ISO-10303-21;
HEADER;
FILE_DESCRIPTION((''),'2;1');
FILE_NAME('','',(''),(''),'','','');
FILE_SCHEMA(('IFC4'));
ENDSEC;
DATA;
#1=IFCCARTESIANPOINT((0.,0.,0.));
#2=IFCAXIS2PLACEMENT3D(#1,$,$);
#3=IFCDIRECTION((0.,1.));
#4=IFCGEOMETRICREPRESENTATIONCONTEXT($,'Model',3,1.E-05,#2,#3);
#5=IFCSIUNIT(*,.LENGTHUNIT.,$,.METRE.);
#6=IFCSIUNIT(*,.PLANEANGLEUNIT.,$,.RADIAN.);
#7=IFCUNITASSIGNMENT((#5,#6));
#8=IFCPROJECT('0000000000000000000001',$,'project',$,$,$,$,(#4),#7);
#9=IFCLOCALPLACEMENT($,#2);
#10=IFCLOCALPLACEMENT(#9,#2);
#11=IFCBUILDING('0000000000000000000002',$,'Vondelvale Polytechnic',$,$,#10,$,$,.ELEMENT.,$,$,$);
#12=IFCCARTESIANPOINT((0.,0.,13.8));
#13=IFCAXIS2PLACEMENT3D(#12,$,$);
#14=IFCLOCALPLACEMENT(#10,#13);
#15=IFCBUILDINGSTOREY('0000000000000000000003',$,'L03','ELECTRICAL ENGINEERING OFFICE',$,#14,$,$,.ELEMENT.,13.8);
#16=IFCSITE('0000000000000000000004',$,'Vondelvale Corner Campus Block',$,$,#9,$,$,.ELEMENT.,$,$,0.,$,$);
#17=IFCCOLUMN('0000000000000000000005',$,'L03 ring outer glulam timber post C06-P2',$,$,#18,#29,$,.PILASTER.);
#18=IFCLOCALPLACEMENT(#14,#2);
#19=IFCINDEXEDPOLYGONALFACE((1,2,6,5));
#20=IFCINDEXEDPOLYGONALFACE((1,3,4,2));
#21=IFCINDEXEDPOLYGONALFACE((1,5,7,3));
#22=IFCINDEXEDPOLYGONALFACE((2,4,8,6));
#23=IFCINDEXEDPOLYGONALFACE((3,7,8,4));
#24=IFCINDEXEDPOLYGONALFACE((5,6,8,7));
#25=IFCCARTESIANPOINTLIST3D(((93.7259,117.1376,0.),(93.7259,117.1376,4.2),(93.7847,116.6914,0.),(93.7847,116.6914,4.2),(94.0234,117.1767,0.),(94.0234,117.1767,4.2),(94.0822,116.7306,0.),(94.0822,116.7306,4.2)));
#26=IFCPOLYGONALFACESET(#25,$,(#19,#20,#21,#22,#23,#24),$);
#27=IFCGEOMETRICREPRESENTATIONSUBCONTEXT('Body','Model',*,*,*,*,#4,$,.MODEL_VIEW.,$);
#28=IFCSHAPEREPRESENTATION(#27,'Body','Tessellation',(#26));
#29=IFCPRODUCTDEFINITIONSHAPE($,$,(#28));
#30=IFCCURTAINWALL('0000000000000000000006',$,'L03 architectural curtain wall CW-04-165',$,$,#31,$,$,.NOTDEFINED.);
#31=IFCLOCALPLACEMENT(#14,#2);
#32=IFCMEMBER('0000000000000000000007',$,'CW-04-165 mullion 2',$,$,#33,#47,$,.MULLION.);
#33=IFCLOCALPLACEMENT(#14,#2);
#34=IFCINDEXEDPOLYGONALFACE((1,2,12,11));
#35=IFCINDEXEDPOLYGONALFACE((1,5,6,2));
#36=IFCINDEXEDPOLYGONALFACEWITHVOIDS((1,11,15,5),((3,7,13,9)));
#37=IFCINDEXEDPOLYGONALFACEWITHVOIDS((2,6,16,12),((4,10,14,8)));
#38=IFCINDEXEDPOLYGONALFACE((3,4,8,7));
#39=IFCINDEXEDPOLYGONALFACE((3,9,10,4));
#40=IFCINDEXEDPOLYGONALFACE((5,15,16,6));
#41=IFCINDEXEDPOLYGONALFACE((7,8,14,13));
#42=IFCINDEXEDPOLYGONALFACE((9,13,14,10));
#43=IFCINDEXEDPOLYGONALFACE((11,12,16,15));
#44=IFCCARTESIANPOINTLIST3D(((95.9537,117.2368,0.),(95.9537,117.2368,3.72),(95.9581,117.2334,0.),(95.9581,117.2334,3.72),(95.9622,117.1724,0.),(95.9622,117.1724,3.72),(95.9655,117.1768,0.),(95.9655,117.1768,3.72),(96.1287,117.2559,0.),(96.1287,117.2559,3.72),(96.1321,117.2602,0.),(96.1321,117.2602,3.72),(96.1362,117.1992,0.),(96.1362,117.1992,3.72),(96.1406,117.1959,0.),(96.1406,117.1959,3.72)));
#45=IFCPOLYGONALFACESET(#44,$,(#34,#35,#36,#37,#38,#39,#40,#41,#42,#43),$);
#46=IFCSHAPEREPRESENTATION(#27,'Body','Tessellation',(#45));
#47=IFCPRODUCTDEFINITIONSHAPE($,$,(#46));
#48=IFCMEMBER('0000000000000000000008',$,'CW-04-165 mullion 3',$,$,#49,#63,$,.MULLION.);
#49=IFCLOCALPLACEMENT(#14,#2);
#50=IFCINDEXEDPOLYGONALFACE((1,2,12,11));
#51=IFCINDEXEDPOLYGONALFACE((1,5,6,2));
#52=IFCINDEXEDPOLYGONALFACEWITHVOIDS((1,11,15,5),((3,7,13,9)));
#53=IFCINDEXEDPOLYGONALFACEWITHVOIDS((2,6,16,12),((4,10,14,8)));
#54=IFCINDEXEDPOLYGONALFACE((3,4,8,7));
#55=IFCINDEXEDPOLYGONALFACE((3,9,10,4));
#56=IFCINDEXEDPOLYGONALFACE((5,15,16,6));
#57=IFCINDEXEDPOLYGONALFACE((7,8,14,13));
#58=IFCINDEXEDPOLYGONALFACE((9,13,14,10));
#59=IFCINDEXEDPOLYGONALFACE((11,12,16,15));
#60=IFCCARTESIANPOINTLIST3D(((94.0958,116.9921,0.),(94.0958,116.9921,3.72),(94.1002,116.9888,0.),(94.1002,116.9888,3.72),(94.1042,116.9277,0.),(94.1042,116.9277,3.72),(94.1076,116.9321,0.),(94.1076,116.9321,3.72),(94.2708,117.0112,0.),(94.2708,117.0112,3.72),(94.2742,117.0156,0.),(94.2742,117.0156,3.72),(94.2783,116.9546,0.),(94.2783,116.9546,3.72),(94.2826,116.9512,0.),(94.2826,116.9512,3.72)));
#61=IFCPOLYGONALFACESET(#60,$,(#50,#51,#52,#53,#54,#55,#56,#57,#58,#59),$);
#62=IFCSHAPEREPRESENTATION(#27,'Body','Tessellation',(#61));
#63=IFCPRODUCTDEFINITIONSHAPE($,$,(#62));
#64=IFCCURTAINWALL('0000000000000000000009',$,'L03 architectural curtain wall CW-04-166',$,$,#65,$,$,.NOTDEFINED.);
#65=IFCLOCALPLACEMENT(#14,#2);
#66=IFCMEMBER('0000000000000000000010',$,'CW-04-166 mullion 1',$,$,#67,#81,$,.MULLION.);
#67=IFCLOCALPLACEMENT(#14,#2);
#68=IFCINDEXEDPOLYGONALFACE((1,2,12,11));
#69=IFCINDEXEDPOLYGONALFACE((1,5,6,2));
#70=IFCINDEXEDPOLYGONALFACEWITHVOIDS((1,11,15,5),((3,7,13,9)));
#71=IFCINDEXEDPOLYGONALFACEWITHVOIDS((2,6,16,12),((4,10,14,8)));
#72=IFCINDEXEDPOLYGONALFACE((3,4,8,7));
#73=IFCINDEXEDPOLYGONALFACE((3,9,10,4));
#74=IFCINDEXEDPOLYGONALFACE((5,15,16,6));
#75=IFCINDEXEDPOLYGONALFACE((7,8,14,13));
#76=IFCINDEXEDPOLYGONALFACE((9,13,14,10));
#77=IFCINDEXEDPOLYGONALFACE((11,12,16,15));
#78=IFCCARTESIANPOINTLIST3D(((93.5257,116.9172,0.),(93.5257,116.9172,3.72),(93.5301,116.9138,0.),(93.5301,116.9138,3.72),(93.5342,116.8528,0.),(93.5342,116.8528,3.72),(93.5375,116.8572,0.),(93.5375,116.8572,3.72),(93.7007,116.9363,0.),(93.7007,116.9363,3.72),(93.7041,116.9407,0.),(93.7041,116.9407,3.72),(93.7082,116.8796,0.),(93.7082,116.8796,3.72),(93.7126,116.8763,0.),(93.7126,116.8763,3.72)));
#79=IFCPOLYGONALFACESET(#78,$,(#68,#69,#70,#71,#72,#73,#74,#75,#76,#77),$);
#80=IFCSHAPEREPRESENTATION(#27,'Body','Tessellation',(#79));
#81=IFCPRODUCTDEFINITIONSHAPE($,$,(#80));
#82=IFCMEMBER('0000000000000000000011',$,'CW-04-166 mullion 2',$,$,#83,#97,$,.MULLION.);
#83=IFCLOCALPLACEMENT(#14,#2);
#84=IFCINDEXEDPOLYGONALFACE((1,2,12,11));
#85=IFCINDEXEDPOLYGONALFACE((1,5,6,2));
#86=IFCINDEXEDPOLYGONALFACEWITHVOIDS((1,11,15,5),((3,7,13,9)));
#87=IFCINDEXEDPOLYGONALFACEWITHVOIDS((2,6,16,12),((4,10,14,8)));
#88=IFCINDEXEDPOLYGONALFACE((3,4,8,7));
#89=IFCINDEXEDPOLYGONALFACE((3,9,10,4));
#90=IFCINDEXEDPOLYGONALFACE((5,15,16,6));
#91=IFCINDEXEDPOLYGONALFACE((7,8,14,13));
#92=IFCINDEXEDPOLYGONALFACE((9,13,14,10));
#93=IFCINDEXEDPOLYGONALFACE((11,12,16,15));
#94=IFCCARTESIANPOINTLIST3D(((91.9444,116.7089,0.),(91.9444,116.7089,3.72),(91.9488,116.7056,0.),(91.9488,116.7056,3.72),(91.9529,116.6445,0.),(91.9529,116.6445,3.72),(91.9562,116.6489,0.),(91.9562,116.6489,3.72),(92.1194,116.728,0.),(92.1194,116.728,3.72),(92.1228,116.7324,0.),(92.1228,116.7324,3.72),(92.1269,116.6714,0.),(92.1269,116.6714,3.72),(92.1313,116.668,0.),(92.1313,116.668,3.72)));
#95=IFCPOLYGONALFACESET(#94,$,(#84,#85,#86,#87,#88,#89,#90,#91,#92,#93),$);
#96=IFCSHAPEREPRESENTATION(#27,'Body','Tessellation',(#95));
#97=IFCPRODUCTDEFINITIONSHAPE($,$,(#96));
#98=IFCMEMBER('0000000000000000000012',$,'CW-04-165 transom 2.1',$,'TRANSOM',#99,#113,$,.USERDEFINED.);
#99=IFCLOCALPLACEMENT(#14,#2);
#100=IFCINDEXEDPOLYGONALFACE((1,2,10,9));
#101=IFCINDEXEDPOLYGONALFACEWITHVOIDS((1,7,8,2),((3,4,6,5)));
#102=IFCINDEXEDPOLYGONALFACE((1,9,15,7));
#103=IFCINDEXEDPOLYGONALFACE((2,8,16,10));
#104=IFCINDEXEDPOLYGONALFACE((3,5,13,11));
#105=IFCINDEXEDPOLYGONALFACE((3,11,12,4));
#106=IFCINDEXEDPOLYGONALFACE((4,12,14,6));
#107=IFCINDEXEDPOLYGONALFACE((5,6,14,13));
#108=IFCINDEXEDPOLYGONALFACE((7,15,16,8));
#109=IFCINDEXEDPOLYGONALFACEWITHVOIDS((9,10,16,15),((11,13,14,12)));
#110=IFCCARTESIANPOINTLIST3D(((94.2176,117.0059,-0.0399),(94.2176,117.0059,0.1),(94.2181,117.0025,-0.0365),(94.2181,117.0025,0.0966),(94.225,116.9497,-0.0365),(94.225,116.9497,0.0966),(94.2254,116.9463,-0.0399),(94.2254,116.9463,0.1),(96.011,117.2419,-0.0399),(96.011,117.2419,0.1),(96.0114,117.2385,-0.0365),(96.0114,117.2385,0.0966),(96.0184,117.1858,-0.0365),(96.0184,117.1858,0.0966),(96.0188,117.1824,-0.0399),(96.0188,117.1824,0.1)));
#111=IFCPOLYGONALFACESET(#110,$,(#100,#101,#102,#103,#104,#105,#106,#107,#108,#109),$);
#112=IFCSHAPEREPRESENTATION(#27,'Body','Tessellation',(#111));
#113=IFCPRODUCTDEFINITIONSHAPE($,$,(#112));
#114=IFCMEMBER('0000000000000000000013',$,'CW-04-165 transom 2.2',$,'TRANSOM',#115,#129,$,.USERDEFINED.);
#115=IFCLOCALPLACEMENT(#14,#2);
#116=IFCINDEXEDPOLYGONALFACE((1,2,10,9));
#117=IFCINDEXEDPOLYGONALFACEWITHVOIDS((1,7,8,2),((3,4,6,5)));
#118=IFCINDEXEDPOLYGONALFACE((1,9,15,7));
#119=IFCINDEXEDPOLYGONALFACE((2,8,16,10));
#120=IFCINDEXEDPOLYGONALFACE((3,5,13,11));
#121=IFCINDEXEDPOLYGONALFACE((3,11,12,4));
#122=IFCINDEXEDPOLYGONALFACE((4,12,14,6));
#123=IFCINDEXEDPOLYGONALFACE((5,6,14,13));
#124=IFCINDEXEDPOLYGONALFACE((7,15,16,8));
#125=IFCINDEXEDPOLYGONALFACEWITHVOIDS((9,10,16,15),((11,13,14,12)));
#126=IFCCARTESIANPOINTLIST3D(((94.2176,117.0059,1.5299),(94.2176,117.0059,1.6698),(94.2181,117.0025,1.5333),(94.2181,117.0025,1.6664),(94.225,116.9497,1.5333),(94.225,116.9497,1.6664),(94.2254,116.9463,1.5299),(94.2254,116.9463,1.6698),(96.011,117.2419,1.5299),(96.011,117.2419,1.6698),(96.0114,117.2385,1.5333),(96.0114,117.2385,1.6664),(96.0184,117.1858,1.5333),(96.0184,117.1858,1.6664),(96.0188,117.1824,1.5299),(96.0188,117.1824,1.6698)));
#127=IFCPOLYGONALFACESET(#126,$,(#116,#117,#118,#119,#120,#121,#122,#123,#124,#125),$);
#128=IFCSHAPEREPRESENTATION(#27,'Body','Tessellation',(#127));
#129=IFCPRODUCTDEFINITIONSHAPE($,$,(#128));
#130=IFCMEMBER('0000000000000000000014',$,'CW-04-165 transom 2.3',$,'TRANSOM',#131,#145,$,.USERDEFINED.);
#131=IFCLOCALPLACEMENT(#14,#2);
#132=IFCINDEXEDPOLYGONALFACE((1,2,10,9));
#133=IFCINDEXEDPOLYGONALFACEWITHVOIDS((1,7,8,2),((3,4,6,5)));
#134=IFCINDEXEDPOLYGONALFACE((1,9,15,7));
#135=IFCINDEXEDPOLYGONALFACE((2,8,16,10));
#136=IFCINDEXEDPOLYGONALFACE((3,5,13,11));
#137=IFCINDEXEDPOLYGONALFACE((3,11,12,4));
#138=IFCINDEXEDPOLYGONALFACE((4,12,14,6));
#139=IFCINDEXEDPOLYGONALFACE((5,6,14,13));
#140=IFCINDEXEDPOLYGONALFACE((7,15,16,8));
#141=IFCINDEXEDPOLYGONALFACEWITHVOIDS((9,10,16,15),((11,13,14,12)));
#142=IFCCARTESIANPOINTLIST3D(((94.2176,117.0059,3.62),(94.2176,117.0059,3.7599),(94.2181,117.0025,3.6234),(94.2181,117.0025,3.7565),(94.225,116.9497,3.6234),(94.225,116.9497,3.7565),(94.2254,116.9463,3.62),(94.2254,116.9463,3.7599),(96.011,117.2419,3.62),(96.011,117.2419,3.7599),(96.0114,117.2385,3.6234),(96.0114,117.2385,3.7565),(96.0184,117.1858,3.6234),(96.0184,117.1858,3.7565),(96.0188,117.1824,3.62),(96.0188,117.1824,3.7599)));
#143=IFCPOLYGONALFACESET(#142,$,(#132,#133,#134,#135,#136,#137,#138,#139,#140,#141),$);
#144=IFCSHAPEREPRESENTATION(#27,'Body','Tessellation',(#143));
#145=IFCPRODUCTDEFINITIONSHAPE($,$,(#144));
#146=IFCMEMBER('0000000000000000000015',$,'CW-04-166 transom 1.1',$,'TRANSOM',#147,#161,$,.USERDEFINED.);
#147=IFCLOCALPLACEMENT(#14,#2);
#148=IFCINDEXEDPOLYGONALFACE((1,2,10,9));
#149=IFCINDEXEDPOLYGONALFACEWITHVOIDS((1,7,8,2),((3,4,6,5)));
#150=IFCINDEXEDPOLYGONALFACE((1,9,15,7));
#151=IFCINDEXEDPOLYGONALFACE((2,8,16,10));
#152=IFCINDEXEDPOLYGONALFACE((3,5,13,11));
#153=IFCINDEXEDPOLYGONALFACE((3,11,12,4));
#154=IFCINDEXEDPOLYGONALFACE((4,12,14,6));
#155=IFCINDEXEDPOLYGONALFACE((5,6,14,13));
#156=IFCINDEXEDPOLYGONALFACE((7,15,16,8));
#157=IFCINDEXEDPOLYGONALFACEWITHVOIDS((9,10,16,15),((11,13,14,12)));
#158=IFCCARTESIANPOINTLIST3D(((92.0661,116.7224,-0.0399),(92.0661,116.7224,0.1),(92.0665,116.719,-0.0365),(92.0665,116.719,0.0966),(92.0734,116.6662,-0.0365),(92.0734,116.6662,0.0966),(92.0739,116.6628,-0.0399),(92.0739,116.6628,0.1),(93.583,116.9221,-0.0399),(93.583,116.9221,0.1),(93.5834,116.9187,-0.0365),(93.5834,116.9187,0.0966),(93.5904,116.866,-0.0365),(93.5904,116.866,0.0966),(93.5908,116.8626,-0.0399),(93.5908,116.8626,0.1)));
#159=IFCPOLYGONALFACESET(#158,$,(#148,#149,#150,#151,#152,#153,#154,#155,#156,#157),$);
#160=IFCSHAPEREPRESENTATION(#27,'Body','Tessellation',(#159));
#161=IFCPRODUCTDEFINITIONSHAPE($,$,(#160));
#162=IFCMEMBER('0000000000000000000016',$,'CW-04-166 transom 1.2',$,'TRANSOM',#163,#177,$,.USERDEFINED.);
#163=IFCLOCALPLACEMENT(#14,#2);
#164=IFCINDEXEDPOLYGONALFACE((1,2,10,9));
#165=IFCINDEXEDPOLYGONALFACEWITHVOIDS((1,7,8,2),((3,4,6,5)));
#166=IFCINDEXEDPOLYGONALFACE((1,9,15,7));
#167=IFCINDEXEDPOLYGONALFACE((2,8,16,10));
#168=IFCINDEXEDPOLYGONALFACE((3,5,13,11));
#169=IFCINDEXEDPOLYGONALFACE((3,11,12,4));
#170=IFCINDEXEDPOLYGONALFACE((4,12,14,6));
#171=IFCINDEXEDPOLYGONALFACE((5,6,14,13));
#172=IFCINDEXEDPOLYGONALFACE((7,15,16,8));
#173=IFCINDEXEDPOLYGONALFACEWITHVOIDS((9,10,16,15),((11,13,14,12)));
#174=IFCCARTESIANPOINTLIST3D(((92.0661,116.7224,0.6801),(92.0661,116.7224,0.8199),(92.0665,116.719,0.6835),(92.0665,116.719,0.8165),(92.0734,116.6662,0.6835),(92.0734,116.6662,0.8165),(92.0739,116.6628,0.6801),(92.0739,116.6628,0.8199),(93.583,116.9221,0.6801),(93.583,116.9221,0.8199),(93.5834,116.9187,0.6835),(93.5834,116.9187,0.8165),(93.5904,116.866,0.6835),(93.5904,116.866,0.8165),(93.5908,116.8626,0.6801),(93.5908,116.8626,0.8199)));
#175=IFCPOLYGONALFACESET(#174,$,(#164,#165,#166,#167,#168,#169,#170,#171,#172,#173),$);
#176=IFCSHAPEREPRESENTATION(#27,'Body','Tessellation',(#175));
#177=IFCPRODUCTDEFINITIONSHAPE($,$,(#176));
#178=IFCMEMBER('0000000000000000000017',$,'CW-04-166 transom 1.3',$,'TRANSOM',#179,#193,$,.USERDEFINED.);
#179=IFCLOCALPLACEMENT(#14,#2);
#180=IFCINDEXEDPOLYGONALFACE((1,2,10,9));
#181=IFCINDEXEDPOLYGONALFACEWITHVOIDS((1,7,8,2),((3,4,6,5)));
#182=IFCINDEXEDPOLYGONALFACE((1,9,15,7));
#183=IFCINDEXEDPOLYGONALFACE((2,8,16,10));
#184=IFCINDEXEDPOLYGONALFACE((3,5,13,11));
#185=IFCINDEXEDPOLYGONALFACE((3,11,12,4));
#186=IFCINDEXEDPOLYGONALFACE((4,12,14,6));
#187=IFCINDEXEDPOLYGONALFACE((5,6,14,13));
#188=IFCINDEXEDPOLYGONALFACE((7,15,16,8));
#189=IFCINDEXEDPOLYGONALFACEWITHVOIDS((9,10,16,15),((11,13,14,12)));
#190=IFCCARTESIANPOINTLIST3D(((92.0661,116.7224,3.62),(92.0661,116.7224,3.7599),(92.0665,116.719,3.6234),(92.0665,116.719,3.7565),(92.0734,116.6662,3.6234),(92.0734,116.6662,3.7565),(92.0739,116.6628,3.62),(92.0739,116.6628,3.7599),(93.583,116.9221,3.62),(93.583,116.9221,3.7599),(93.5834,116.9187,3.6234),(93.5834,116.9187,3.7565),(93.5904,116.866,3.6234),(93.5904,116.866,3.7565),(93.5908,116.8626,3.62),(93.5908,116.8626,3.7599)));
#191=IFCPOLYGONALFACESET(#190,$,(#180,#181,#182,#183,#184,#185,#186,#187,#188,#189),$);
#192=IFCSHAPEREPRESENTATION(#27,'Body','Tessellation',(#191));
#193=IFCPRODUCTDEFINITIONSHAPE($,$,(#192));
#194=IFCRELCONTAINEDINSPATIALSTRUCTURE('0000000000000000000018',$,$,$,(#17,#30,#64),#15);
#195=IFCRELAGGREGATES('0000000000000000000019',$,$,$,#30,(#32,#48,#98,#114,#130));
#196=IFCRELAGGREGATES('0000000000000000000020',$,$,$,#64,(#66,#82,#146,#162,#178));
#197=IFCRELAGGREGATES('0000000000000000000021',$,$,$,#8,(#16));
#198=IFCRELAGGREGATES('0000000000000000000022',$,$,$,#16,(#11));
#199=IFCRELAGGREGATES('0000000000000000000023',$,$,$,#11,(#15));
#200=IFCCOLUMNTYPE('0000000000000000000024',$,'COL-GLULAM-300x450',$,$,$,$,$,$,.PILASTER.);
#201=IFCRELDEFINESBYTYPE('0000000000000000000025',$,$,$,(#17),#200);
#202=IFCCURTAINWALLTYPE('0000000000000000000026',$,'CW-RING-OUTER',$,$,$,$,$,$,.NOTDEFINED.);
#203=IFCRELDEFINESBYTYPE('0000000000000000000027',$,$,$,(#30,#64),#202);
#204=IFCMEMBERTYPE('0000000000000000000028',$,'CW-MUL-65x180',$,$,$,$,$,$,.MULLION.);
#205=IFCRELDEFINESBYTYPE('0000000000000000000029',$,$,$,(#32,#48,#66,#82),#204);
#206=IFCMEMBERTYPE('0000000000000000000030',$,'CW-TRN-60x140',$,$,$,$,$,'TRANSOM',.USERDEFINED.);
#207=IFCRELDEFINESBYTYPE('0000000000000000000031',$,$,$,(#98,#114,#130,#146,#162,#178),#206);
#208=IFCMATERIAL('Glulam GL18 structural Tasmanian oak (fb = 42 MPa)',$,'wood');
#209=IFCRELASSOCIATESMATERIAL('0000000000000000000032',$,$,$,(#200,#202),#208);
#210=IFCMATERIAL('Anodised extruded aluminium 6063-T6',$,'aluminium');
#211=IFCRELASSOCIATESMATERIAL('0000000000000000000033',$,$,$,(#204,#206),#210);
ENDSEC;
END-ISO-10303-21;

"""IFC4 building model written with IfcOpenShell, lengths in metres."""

from ifc_helpers import new_model, si_unit, direction, frame, origin, origin_2d, place, context, subcontext, project, spatial, rectangle, hollow_rectangle, extrude, material, material_profile, profile_set, type_object, element, aggregate, save


model = new_model("IFC4")

# Units and contexts
model_context = context("Model", 3, precision=1e-05, world=origin(), true_north=direction((0.0, 1.0)))
body_context = subcontext(model_context, "Body", "Model", "MODEL_VIEW")
ifc_project = project(units=[si_unit("LENGTHUNIT", "METRE"), si_unit("PLANEANGLEUNIT", "RADIAN")], contexts=[model_context])

# Site, building, storey
site_placement = place(None, origin())
site = spatial("IfcSite", under=ifc_project, at=site_placement, Name="Vondelvale Corner Campus Block", CompositionType="ELEMENT", RefElevation=0.0)
building_placement = place(site_placement, origin())
building = spatial("IfcBuilding", under=site, at=building_placement, Name="Vondelvale Polytechnic", CompositionType="ELEMENT")
storey_placement = place(building_placement, frame((0.0, 0.0, 13.8)))
storey = spatial("IfcBuildingStorey", under=building, at=storey_placement, Name="L03", Description="ELECTRICAL ENGINEERING OFFICE", CompositionType="ELEMENT", Elevation=13.8)

# Column
ifc_material_1 = material(Name="Glulam GL18 structural Tasmanian oak (fb = 42 MPa)", Category="wood")
ifc_material_profile_1 = material_profile(ifc_material_1, rectangle(XDim=0.3, YDim=0.45, at=origin_2d()), Name="GL-POST-300x450")
ifc_profile_set_1 = profile_set([ifc_material_profile_1], Name="Glulam GL18 structural Tasmanian oak (fb = 42 MPa)")
column_type = type_object("IfcColumnType", Name="COL-GLULAM-300x450", PredefinedType="PILASTER", material=ifc_profile_set_1)
column_placement = place(storey_placement, frame((93.9041, 116.9341, 0.0), z_axis=(0.0, 0.0, 1.0), x_axis=(0.991445, 0.130526, 0.0)))
element("IfcColumn", 1, at=column_placement, inside=storey, type_object=column_type, Name="L03 ring outer glulam timber post C06-P2", PredefinedType="PILASTER", context=body_context, shape_type="SweptSolid", body=[
    extrude(rectangle(XDim=0.3, YDim=0.45, at=origin_2d()), origin(), (0.0, 0.0, 1.0), 4.2),
])

# Curtain walls, members
curtain_wall_type = type_object("IfcCurtainWallType", Name="CW-RING-OUTER", PredefinedType="NOTDEFINED", material=ifc_material_1)
curtain_wall_1_placement = place(storey_placement, origin())
curtain_wall_1 = element("IfcCurtainWall", 2, at=curtain_wall_1_placement, inside=storey, type_object=curtain_wall_type, Name="L03 architectural curtain wall CW-04-165", PredefinedType="NOTDEFINED")
ifc_material_2 = material(Name="Anodised extruded aluminium 6063-T6", Category="aluminium")
ifc_material_profile_2 = material_profile(ifc_material_2, hollow_rectangle(XDim=0.0649, YDim=0.1799, WallThickness=0.0039, at=origin_2d()), Name="CW-MUL-180x65")
ifc_profile_set_2 = profile_set([ifc_material_profile_2], Name="Anodised extruded aluminium 6063-T6")
member_type_1 = type_object("IfcMemberType", Name="CW-MUL-65x180", PredefinedType="MULLION", material=ifc_profile_set_2)
member_1_placement = place(storey_placement, frame((96.0471, 117.2163, 0.0), z_axis=(0.0, 0.0, 1.0), x_axis=(0.130497, -0.991449, 0.0)))
member_1 = element("IfcMember", 3, at=member_1_placement, type_object=member_type_1, Name="CW-04-165 mullion 2", PredefinedType="MULLION", context=body_context, shape_type="SweptSolid", body=[
    extrude(hollow_rectangle(XDim=0.0649, YDim=0.1799, WallThickness=0.0039, at=origin_2d()), origin(), (0.0, 0.0, 1.0), 3.72),
])
member_2_placement = place(storey_placement, frame((94.1892, 116.9717, 0.0), z_axis=(0.0, 0.0, 1.0), x_axis=(0.130497, -0.991449, 0.0)))
member_2 = element("IfcMember", 4, at=member_2_placement, type_object=member_type_1, Name="CW-04-165 mullion 3", PredefinedType="MULLION", context=body_context, shape_type="SweptSolid", body=[
    extrude(hollow_rectangle(XDim=0.0649, YDim=0.1799, WallThickness=0.0039, at=origin_2d()), origin(), (0.0, 0.0, 1.0), 3.72),
])
curtain_wall_2_placement = place(storey_placement, origin())
curtain_wall_2 = element("IfcCurtainWall", 5, at=curtain_wall_2_placement, inside=storey, type_object=curtain_wall_type, Name="L03 architectural curtain wall CW-04-166", PredefinedType="NOTDEFINED")
member_3_placement = place(storey_placement, frame((93.6191, 116.8967, 0.0), z_axis=(0.0, 0.0, 1.0), x_axis=(0.13054, -0.991443, 0.0)))
member_3 = element("IfcMember", 6, at=member_3_placement, type_object=member_type_1, Name="CW-04-166 mullion 1", PredefinedType="MULLION", context=body_context, shape_type="SweptSolid", body=[
    extrude(hollow_rectangle(XDim=0.0649, YDim=0.1799, WallThickness=0.0039, at=origin_2d()), origin(), (0.0, 0.0, 1.0), 3.72),
])
member_4_placement = place(storey_placement, frame((92.0378, 116.6885, 0.0), z_axis=(0.0, 0.0, 1.0), x_axis=(0.13054, -0.991443, 0.0)))
member_4 = element("IfcMember", 7, at=member_4_placement, type_object=member_type_1, Name="CW-04-166 mullion 2", PredefinedType="MULLION", context=body_context, shape_type="SweptSolid", body=[
    extrude(hollow_rectangle(XDim=0.0649, YDim=0.1799, WallThickness=0.0039, at=origin_2d()), origin(), (0.0, 0.0, 1.0), 3.72),
])

# Members
ifc_material_profile_3 = material_profile(ifc_material_2, hollow_rectangle(XDim=0.0601, YDim=0.1399, WallThickness=0.0034, at=origin_2d()), Name="CW-TRN-140x60")
ifc_profile_set_3 = profile_set([ifc_material_profile_3], Name="Anodised extruded aluminium 6063-T6")
member_type_2 = type_object("IfcMemberType", Name="CW-TRN-60x140", ElementType="TRANSOM", PredefinedType="USERDEFINED", material=ifc_profile_set_3)
member_5_placement = place(storey_placement, frame((96.0149, 117.2122, 0.03), z_axis=(-0.991447, -0.13051, 0.0), x_axis=(0.13051, -0.991447, 0.0)))
member_5 = element("IfcMember", 8, at=member_5_placement, type_object=member_type_2, Name="CW-04-165 transom 2.1", ObjectType="TRANSOM", PredefinedType="USERDEFINED", context=body_context, shape_type="SweptSolid", body=[
    extrude(hollow_rectangle(XDim=0.0601, YDim=0.1399, WallThickness=0.0034, at=origin_2d()), origin(), (0.0, 0.0, 1.0), 1.8088),
])
member_6_placement = place(storey_placement, frame((96.0149, 117.2122, 1.5999), z_axis=(-0.991447, -0.13051, 0.0), x_axis=(0.13051, -0.991447, 0.0)))
member_6 = element("IfcMember", 9, at=member_6_placement, type_object=member_type_2, Name="CW-04-165 transom 2.2", ObjectType="TRANSOM", PredefinedType="USERDEFINED", context=body_context, shape_type="SweptSolid", body=[
    extrude(hollow_rectangle(XDim=0.0601, YDim=0.1399, WallThickness=0.0034, at=origin_2d()), origin(), (0.0, 0.0, 1.0), 1.8088),
])
member_7_placement = place(storey_placement, frame((96.0149, 117.2122, 3.6899), z_axis=(-0.991447, -0.13051, 0.0), x_axis=(0.13051, -0.991447, 0.0)))
member_7 = element("IfcMember", 10, at=member_7_placement, type_object=member_type_2, Name="CW-04-165 transom 2.3", ObjectType="TRANSOM", PredefinedType="USERDEFINED", context=body_context, shape_type="SweptSolid", body=[
    extrude(hollow_rectangle(XDim=0.0601, YDim=0.1399, WallThickness=0.0034, at=origin_2d()), origin(), (0.0, 0.0, 1.0), 1.8088),
])
member_8_placement = place(storey_placement, frame((93.5869, 116.8923, 0.03), z_axis=(-0.991444, -0.130533, 0.0), x_axis=(0.130533, -0.991444, 0.0)))
member_8 = element("IfcMember", 11, at=member_8_placement, type_object=member_type_2, Name="CW-04-166 transom 1.1", ObjectType="TRANSOM", PredefinedType="USERDEFINED", context=body_context, shape_type="SweptSolid", body=[
    extrude(hollow_rectangle(XDim=0.0601, YDim=0.1399, WallThickness=0.0034, at=origin_2d()), origin(), (0.0, 0.0, 1.0), 1.53),
])
member_9_placement = place(storey_placement, frame((93.5869, 116.8923, 0.75), z_axis=(-0.991444, -0.130533, 0.0), x_axis=(0.130533, -0.991444, 0.0)))
member_9 = element("IfcMember", 12, at=member_9_placement, type_object=member_type_2, Name="CW-04-166 transom 1.2", ObjectType="TRANSOM", PredefinedType="USERDEFINED", context=body_context, shape_type="SweptSolid", body=[
    extrude(hollow_rectangle(XDim=0.0601, YDim=0.1399, WallThickness=0.0034, at=origin_2d()), origin(), (0.0, 0.0, 1.0), 1.53),
])
member_10_placement = place(storey_placement, frame((93.5869, 116.8923, 3.6899), z_axis=(-0.991444, -0.130533, 0.0), x_axis=(0.130533, -0.991444, 0.0)))
member_10 = element("IfcMember", 13, at=member_10_placement, type_object=member_type_2, Name="CW-04-166 transom 1.3", ObjectType="TRANSOM", PredefinedType="USERDEFINED", context=body_context, shape_type="SweptSolid", body=[
    extrude(hollow_rectangle(XDim=0.0601, YDim=0.1399, WallThickness=0.0034, at=origin_2d()), origin(), (0.0, 0.0, 1.0), 1.53),
])

aggregate(curtain_wall_1, [member_1, member_2, member_5, member_6, member_7])
aggregate(curtain_wall_2, [member_3, member_4, member_8, member_9, member_10])

save(model, "model.ifc")
